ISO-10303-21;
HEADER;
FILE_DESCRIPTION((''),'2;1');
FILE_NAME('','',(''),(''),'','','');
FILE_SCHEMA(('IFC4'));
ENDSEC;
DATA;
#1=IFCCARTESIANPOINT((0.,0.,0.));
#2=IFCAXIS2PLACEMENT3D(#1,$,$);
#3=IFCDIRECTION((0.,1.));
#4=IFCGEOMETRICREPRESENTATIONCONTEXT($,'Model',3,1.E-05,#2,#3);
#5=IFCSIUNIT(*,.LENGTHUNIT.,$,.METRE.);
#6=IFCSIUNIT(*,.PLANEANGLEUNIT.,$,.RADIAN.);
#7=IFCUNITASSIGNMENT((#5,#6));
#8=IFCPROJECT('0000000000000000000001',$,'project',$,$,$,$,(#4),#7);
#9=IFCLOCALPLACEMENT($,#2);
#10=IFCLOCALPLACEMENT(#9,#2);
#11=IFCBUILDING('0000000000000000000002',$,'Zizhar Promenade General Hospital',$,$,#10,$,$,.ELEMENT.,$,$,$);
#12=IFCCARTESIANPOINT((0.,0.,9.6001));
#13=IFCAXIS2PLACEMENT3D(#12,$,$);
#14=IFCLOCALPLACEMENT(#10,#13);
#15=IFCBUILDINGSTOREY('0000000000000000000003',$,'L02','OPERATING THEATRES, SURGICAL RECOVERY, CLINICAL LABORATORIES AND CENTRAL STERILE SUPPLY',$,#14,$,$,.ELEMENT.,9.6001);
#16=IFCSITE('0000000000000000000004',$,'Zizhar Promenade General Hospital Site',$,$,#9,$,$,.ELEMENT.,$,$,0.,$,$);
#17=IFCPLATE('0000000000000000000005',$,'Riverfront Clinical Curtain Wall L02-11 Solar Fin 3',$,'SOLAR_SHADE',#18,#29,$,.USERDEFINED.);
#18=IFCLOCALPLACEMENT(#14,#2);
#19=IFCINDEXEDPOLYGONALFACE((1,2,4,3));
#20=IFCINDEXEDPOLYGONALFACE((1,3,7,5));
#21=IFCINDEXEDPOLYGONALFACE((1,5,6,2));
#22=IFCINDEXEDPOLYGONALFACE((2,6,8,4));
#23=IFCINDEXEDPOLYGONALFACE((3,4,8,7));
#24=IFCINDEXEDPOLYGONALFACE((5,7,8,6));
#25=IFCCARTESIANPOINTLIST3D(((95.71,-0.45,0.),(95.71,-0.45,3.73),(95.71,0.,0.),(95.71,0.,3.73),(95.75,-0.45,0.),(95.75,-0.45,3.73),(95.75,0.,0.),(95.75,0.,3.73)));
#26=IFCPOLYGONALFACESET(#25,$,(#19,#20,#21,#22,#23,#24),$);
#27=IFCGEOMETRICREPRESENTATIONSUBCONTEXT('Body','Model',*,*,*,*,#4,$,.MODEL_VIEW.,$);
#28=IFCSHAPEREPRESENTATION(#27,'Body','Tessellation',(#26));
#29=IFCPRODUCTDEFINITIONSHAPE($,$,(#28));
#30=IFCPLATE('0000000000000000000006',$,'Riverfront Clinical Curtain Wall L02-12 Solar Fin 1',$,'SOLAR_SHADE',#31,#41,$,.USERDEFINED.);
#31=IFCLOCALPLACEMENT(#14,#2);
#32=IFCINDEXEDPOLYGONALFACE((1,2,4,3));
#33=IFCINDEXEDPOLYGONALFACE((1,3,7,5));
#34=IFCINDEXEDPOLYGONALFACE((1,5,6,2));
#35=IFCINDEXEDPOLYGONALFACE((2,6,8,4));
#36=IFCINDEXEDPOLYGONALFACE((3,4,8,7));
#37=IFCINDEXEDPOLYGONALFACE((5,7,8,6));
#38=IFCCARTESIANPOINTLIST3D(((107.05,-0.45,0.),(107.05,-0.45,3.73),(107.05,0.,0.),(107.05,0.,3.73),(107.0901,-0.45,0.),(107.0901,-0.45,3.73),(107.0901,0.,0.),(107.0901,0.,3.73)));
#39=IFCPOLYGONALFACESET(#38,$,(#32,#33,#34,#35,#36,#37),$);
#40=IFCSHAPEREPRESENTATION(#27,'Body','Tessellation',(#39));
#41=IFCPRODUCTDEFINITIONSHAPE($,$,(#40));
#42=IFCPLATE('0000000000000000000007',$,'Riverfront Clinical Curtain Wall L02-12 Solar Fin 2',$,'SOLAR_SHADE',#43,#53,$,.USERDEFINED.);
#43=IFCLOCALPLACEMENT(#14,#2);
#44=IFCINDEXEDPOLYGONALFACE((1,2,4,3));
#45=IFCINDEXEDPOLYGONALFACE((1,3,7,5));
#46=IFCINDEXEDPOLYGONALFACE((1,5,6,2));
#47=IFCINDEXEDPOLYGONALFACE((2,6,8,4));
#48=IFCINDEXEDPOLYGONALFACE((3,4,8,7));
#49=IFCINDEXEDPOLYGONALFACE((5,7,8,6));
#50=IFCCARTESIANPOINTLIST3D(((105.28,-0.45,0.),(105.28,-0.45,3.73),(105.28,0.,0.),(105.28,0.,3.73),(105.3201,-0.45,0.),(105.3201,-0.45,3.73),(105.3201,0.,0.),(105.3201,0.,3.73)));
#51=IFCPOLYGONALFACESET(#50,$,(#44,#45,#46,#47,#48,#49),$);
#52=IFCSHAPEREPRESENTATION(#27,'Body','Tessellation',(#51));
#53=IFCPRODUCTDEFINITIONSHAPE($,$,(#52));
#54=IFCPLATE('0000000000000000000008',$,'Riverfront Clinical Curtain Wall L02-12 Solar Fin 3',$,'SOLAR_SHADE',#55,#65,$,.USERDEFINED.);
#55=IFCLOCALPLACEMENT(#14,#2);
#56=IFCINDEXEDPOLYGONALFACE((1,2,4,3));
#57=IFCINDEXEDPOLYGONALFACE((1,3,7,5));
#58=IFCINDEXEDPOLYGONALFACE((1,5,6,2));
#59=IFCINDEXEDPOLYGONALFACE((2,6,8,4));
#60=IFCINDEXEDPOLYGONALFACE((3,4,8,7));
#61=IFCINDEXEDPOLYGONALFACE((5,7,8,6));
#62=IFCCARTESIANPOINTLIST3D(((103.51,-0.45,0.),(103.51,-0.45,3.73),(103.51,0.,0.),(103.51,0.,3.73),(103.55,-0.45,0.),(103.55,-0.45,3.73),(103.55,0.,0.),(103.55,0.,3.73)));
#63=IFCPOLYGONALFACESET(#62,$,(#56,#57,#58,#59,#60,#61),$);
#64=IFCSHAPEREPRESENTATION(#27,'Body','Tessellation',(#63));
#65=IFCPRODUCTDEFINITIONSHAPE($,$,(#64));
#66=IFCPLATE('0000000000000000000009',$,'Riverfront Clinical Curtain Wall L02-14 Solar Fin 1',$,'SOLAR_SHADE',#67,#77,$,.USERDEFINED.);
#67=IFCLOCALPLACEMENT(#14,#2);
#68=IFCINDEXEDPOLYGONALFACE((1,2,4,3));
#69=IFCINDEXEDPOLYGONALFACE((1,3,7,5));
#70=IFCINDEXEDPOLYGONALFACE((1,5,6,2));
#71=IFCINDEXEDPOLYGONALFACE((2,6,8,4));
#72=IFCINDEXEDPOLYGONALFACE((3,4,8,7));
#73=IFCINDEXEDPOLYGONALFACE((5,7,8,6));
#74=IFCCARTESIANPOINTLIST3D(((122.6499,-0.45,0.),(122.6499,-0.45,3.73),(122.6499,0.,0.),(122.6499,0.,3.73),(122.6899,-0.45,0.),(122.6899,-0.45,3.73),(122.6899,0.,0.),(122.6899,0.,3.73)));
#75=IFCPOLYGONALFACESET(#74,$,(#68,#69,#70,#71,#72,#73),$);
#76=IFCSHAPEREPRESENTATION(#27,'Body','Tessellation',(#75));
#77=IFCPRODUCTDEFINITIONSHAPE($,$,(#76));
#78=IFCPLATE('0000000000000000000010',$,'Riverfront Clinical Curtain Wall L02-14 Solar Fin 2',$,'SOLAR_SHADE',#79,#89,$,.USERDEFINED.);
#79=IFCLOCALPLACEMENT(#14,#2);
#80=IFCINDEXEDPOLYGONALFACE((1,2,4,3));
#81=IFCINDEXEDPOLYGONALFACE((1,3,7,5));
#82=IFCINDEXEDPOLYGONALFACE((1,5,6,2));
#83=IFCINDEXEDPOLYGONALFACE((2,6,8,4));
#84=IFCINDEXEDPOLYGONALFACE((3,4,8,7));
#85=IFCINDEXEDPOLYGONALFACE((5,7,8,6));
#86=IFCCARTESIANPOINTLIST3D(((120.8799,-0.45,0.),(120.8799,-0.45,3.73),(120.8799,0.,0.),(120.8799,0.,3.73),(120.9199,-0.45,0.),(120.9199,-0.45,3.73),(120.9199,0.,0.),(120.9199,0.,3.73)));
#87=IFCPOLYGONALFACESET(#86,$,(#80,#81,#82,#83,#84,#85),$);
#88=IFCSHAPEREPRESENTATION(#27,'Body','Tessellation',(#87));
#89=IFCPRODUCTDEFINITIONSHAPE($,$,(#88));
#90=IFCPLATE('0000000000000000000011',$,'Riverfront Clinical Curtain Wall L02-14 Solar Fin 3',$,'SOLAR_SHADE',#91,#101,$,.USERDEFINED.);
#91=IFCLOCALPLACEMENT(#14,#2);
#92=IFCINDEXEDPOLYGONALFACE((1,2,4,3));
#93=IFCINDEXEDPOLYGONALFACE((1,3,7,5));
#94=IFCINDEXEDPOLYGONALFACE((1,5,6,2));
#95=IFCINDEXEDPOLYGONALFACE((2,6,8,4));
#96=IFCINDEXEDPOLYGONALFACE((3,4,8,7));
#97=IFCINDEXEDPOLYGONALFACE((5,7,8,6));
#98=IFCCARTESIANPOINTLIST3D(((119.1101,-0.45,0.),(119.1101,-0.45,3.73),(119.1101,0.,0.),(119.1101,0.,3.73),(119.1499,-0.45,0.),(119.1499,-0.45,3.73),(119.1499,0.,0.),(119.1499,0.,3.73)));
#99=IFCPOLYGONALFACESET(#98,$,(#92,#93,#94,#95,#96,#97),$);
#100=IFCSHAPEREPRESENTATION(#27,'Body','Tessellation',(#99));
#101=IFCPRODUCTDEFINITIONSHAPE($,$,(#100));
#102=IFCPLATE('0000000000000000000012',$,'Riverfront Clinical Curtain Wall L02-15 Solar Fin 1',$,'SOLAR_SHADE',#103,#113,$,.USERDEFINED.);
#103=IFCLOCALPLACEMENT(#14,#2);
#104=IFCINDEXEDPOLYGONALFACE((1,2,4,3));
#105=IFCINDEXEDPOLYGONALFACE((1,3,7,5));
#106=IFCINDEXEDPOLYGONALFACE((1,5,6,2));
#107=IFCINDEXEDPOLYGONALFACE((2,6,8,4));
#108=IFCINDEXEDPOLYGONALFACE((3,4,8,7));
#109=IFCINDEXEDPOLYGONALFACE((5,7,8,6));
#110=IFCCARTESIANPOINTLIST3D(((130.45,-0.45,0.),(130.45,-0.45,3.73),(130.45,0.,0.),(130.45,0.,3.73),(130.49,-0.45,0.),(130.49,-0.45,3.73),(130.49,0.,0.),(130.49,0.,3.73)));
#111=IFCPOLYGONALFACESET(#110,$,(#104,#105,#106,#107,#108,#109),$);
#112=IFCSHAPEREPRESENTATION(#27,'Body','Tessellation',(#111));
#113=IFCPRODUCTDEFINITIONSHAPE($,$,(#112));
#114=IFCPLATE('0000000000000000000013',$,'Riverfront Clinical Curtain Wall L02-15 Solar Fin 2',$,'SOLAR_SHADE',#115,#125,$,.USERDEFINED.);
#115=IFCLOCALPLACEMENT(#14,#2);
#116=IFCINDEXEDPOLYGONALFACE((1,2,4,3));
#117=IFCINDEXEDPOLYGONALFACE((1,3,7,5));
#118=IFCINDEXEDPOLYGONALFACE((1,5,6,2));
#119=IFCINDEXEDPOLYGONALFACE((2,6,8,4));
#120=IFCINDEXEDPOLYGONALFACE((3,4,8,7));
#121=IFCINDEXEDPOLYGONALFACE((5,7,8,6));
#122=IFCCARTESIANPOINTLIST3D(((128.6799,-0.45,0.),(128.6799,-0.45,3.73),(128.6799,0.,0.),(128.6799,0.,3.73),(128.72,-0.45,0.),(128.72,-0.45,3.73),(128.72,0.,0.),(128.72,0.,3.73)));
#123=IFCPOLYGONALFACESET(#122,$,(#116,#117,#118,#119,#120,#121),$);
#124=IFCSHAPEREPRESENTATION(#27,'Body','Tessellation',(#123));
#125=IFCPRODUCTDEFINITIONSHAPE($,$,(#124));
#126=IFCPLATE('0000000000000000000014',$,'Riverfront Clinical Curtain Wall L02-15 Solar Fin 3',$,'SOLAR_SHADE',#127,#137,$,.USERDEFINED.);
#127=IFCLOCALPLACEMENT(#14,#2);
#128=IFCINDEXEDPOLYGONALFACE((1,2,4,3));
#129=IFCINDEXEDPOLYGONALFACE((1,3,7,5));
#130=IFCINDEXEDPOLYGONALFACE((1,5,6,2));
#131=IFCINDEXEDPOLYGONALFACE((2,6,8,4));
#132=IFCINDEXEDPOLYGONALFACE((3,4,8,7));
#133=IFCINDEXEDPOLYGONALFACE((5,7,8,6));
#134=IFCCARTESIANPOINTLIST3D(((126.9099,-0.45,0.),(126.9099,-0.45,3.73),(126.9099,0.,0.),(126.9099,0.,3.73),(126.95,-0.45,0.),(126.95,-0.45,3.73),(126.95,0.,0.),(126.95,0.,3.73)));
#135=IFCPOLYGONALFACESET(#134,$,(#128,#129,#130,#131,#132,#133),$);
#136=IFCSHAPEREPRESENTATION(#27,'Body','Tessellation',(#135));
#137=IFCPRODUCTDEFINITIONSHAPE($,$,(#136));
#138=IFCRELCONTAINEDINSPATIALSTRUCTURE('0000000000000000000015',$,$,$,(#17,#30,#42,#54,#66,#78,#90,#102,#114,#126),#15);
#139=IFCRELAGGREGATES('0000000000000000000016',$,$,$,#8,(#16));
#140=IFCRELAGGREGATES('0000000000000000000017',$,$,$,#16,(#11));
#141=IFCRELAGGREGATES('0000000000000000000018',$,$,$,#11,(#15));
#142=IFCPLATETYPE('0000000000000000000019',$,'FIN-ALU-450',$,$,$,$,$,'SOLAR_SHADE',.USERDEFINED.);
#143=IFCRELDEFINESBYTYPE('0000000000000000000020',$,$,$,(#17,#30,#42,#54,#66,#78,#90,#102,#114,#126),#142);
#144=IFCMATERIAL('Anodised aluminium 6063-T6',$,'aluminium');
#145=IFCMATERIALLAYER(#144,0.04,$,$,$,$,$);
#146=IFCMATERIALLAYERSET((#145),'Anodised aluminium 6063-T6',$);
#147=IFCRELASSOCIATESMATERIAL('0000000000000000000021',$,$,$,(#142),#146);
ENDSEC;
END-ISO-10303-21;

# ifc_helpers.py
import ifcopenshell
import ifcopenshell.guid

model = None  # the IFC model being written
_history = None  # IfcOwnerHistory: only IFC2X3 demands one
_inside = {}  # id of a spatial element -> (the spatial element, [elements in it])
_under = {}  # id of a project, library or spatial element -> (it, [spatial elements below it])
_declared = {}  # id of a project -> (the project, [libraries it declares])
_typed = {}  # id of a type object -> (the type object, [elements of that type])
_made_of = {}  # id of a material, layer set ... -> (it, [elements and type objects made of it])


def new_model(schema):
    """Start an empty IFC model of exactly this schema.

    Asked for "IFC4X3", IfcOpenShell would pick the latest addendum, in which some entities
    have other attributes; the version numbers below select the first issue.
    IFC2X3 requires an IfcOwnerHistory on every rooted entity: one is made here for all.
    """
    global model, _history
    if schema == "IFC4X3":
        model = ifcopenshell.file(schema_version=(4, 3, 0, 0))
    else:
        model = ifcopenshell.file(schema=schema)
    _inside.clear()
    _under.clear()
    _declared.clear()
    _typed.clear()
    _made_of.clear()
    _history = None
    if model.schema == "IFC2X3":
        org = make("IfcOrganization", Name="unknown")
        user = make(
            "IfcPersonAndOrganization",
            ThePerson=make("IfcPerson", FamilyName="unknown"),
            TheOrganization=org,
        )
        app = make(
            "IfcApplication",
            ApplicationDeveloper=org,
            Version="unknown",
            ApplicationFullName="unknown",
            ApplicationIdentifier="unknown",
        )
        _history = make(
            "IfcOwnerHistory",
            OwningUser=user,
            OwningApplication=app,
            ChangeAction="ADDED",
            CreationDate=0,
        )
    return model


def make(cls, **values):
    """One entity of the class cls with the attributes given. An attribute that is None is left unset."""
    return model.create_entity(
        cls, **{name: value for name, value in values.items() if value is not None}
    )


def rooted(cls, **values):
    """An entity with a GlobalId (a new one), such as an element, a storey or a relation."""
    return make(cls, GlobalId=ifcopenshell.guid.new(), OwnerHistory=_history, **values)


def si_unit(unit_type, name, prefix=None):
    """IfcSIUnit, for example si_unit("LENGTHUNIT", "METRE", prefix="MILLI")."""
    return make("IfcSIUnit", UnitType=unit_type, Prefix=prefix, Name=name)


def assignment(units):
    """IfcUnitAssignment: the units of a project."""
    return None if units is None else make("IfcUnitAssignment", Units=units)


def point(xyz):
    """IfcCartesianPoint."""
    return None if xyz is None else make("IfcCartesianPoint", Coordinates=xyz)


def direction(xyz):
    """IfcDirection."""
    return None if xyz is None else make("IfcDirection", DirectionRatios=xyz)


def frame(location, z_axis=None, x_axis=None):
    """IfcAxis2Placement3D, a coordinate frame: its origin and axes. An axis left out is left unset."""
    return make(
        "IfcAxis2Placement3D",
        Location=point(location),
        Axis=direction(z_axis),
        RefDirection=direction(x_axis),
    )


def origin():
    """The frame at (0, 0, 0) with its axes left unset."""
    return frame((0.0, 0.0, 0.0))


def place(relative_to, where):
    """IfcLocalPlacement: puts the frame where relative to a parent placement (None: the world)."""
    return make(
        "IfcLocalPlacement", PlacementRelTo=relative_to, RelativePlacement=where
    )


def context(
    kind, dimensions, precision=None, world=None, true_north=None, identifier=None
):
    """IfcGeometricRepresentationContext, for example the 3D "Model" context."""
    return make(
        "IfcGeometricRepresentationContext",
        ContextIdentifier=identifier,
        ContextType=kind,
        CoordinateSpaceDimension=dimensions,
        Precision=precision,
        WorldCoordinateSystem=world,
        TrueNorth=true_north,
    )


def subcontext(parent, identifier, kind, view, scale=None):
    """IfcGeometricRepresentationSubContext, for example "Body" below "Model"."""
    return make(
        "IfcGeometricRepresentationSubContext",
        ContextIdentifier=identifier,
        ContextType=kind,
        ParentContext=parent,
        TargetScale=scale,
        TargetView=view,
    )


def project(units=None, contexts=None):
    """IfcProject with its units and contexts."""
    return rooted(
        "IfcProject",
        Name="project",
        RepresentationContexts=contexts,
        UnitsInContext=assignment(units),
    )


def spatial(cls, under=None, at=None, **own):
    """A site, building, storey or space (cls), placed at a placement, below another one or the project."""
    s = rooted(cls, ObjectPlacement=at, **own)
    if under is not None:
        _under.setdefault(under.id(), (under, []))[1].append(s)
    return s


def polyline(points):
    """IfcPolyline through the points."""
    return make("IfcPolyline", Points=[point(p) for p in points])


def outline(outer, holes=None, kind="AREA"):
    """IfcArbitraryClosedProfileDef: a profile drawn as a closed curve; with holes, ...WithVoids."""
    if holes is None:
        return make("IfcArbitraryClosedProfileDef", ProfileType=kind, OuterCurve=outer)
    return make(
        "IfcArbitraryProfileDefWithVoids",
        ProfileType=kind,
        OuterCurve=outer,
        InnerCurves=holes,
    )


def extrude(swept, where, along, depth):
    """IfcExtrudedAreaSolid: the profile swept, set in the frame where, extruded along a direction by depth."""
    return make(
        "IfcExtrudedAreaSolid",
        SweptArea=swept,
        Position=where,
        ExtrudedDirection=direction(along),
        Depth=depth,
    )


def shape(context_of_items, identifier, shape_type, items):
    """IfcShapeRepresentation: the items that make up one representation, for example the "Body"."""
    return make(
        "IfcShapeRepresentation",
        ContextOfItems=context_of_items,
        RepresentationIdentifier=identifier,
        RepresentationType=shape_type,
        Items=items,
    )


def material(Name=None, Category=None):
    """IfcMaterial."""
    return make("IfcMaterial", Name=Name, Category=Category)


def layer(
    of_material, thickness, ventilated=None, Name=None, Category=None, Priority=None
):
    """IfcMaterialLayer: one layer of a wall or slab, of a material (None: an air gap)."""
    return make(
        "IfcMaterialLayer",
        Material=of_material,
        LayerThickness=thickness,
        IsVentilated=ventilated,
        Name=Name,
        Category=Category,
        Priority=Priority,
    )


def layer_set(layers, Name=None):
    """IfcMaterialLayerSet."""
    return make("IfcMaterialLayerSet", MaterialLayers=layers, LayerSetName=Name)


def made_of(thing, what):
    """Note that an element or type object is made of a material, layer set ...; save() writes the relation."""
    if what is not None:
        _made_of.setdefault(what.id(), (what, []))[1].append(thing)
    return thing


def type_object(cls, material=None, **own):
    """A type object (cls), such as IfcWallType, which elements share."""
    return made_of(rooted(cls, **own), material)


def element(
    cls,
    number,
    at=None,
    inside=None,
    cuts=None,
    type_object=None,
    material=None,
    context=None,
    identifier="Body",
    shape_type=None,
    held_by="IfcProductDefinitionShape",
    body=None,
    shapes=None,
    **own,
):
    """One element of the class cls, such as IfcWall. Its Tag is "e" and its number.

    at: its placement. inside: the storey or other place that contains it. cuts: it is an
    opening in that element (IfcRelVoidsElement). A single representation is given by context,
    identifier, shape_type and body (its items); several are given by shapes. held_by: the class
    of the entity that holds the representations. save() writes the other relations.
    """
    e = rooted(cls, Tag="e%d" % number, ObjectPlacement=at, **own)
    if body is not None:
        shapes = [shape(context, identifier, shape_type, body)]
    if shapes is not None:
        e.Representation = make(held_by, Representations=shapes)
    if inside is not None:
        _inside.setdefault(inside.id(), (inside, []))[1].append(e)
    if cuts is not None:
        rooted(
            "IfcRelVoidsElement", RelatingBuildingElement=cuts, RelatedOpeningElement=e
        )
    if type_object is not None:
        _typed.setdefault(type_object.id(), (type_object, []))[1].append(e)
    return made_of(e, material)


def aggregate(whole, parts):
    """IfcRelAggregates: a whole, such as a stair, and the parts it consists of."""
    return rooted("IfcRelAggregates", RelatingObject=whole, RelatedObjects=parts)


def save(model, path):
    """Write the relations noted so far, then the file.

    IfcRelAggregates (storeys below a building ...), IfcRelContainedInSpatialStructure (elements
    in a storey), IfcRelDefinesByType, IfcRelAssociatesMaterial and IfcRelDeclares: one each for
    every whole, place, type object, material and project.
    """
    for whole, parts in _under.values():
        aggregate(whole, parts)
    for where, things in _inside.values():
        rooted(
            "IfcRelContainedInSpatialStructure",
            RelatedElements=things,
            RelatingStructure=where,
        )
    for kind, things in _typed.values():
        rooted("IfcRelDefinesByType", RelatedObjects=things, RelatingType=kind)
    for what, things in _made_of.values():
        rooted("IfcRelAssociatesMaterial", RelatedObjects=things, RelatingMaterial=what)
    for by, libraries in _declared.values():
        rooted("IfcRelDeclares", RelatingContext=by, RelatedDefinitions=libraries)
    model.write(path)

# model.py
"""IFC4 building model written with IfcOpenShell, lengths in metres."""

from ifc_helpers import new_model, si_unit, direction, frame, origin, place, context, subcontext, project, spatial, polyline, outline, extrude, material, layer, layer_set, type_object, element, save


model = new_model("IFC4")

# Units and contexts
model_context = context("Model", 3, precision=1e-05, world=origin(), true_north=direction((0.0, 1.0)))
body_context = subcontext(model_context, "Body", "Model", "MODEL_VIEW")
ifc_project = project(units=[si_unit("LENGTHUNIT", "METRE"), si_unit("PLANEANGLEUNIT", "RADIAN")], contexts=[model_context])

# Site, building, storey
site_placement = place(None, origin())
site = spatial("IfcSite", under=ifc_project, at=site_placement, Name="Zizhar Promenade General Hospital Site", CompositionType="ELEMENT", RefElevation=0.0)
building_placement = place(site_placement, origin())
building = spatial("IfcBuilding", under=site, at=building_placement, Name="Zizhar Promenade General Hospital", CompositionType="ELEMENT")
storey_placement = place(building_placement, frame((0.0, 0.0, 9.6001)))
storey = spatial("IfcBuildingStorey", under=building, at=storey_placement, Name="L02", Description="OPERATING THEATRES, SURGICAL RECOVERY, CLINICAL LABORATORIES AND CENTRAL STERILE SUPPLY", CompositionType="ELEMENT", Elevation=9.6001)

# Plates
ifc_material_1 = material(Name="Anodised aluminium 6063-T6", Category="aluminium")
ifc_layer_1 = layer(ifc_material_1, 0.04)
ifc_layer_set_1 = layer_set([ifc_layer_1], Name="Anodised aluminium 6063-T6")
plate_type_1 = type_object("IfcPlateType", Name="FIN-ALU-450", ElementType="SOLAR_SHADE", PredefinedType="USERDEFINED", material=ifc_layer_set_1)
plate_1_placement = place(storey_placement, origin())
element("IfcPlate", 1, at=plate_1_placement, inside=storey, type_object=plate_type_1, Name="Riverfront Clinical Curtain Wall L02-11 Solar Fin 3", ObjectType="SOLAR_SHADE", PredefinedType="USERDEFINED", context=body_context, shape_type="SweptSolid", body=[
    extrude(outline(polyline([(95.75, 0.0), (95.71, 0.0), (95.71, -0.45), (95.75, -0.45), (95.75, 0.0)])), origin(), (0.0, 0.0, 1.0), 3.73),
])
plate_2_placement = place(storey_placement, origin())
element("IfcPlate", 2, at=plate_2_placement, inside=storey, type_object=plate_type_1, Name="Riverfront Clinical Curtain Wall L02-12 Solar Fin 1", ObjectType="SOLAR_SHADE", PredefinedType="USERDEFINED", context=body_context, shape_type="SweptSolid", body=[
    extrude(outline(polyline([(107.0901, 0.0), (107.05, 0.0), (107.05, -0.45), (107.0901, -0.45), (107.0901, 0.0)])), origin(), (0.0, 0.0, 1.0), 3.73),
])
plate_3_placement = place(storey_placement, origin())
element("IfcPlate", 3, at=plate_3_placement, inside=storey, type_object=plate_type_1, Name="Riverfront Clinical Curtain Wall L02-12 Solar Fin 2", ObjectType="SOLAR_SHADE", PredefinedType="USERDEFINED", context=body_context, shape_type="SweptSolid", body=[
    extrude(outline(polyline([(105.3201, 0.0), (105.28, 0.0), (105.28, -0.45), (105.3201, -0.45), (105.3201, 0.0)])), origin(), (0.0, 0.0, 1.0), 3.73),
])
plate_4_placement = place(storey_placement, origin())
element("IfcPlate", 4, at=plate_4_placement, inside=storey, type_object=plate_type_1, Name="Riverfront Clinical Curtain Wall L02-12 Solar Fin 3", ObjectType="SOLAR_SHADE", PredefinedType="USERDEFINED", context=body_context, shape_type="SweptSolid", body=[
    extrude(outline(polyline([(103.55, 0.0), (103.51, 0.0), (103.51, -0.45), (103.55, -0.45), (103.55, 0.0)])), origin(), (0.0, 0.0, 1.0), 3.73),
])
plate_5_placement = place(storey_placement, origin())
element("IfcPlate", 5, at=plate_5_placement, inside=storey, type_object=plate_type_1, Name="Riverfront Clinical Curtain Wall L02-14 Solar Fin 1", ObjectType="SOLAR_SHADE", PredefinedType="USERDEFINED", context=body_context, shape_type="SweptSolid", body=[
    extrude(outline(polyline([(122.6899, 0.0), (122.6499, 0.0), (122.6499, -0.45), (122.6899, -0.45), (122.6899, 0.0)])), origin(), (0.0, 0.0, 1.0), 3.73),
])
plate_6_placement = place(storey_placement, origin())
element("IfcPlate", 6, at=plate_6_placement, inside=storey, type_object=plate_type_1, Name="Riverfront Clinical Curtain Wall L02-14 Solar Fin 2", ObjectType="SOLAR_SHADE", PredefinedType="USERDEFINED", context=body_context, shape_type="SweptSolid", body=[
    extrude(outline(polyline([(120.9199, 0.0), (120.8799, 0.0), (120.8799, -0.45), (120.9199, -0.45), (120.9199, 0.0)])), origin(), (0.0, 0.0, 1.0), 3.73),
])
plate_7_placement = place(storey_placement, origin())
element("IfcPlate", 7, at=plate_7_placement, inside=storey, type_object=plate_type_1, Name="Riverfront Clinical Curtain Wall L02-14 Solar Fin 3", ObjectType="SOLAR_SHADE", PredefinedType="USERDEFINED", context=body_context, shape_type="SweptSolid", body=[
    extrude(outline(polyline([(119.1499, 0.0), (119.1101, 0.0), (119.1101, -0.45), (119.1499, -0.45), (119.1499, 0.0)])), origin(), (0.0, 0.0, 1.0), 3.73),
])
plate_8_placement = place(storey_placement, origin())
element("IfcPlate", 8, at=plate_8_placement, inside=storey, type_object=plate_type_1, Name="Riverfront Clinical Curtain Wall L02-15 Solar Fin 1", ObjectType="SOLAR_SHADE", PredefinedType="USERDEFINED", context=body_context, shape_type="SweptSolid", body=[
    extrude(outline(polyline([(130.49, 0.0), (130.45, 0.0), (130.45, -0.45), (130.49, -0.45), (130.49, 0.0)])), origin(), (0.0, 0.0, 1.0), 3.73),
])
plate_9_placement = place(storey_placement, origin())
element("IfcPlate", 9, at=plate_9_placement, inside=storey, type_object=plate_type_1, Name="Riverfront Clinical Curtain Wall L02-15 Solar Fin 2", ObjectType="SOLAR_SHADE", PredefinedType="USERDEFINED", context=body_context, shape_type="SweptSolid", body=[
    extrude(outline(polyline([(128.72, 0.0), (128.6799, 0.0), (128.6799, -0.45), (128.72, -0.45), (128.72, 0.0)])), origin(), (0.0, 0.0, 1.0), 3.73),
])
plate_10_placement = place(storey_placement, origin())
element("IfcPlate", 10, at=plate_10_placement, inside=storey, type_object=plate_type_1, Name="Riverfront Clinical Curtain Wall L02-15 Solar Fin 3", ObjectType="SOLAR_SHADE", PredefinedType="USERDEFINED", context=body_context, shape_type="SweptSolid", body=[
    extrude(outline(polyline([(126.95, 0.0), (126.9099, 0.0), (126.9099, -0.45), (126.95, -0.45), (126.95, 0.0)])), origin(), (0.0, 0.0, 1.0), 3.73),
])

save(model, "model.ifc")
